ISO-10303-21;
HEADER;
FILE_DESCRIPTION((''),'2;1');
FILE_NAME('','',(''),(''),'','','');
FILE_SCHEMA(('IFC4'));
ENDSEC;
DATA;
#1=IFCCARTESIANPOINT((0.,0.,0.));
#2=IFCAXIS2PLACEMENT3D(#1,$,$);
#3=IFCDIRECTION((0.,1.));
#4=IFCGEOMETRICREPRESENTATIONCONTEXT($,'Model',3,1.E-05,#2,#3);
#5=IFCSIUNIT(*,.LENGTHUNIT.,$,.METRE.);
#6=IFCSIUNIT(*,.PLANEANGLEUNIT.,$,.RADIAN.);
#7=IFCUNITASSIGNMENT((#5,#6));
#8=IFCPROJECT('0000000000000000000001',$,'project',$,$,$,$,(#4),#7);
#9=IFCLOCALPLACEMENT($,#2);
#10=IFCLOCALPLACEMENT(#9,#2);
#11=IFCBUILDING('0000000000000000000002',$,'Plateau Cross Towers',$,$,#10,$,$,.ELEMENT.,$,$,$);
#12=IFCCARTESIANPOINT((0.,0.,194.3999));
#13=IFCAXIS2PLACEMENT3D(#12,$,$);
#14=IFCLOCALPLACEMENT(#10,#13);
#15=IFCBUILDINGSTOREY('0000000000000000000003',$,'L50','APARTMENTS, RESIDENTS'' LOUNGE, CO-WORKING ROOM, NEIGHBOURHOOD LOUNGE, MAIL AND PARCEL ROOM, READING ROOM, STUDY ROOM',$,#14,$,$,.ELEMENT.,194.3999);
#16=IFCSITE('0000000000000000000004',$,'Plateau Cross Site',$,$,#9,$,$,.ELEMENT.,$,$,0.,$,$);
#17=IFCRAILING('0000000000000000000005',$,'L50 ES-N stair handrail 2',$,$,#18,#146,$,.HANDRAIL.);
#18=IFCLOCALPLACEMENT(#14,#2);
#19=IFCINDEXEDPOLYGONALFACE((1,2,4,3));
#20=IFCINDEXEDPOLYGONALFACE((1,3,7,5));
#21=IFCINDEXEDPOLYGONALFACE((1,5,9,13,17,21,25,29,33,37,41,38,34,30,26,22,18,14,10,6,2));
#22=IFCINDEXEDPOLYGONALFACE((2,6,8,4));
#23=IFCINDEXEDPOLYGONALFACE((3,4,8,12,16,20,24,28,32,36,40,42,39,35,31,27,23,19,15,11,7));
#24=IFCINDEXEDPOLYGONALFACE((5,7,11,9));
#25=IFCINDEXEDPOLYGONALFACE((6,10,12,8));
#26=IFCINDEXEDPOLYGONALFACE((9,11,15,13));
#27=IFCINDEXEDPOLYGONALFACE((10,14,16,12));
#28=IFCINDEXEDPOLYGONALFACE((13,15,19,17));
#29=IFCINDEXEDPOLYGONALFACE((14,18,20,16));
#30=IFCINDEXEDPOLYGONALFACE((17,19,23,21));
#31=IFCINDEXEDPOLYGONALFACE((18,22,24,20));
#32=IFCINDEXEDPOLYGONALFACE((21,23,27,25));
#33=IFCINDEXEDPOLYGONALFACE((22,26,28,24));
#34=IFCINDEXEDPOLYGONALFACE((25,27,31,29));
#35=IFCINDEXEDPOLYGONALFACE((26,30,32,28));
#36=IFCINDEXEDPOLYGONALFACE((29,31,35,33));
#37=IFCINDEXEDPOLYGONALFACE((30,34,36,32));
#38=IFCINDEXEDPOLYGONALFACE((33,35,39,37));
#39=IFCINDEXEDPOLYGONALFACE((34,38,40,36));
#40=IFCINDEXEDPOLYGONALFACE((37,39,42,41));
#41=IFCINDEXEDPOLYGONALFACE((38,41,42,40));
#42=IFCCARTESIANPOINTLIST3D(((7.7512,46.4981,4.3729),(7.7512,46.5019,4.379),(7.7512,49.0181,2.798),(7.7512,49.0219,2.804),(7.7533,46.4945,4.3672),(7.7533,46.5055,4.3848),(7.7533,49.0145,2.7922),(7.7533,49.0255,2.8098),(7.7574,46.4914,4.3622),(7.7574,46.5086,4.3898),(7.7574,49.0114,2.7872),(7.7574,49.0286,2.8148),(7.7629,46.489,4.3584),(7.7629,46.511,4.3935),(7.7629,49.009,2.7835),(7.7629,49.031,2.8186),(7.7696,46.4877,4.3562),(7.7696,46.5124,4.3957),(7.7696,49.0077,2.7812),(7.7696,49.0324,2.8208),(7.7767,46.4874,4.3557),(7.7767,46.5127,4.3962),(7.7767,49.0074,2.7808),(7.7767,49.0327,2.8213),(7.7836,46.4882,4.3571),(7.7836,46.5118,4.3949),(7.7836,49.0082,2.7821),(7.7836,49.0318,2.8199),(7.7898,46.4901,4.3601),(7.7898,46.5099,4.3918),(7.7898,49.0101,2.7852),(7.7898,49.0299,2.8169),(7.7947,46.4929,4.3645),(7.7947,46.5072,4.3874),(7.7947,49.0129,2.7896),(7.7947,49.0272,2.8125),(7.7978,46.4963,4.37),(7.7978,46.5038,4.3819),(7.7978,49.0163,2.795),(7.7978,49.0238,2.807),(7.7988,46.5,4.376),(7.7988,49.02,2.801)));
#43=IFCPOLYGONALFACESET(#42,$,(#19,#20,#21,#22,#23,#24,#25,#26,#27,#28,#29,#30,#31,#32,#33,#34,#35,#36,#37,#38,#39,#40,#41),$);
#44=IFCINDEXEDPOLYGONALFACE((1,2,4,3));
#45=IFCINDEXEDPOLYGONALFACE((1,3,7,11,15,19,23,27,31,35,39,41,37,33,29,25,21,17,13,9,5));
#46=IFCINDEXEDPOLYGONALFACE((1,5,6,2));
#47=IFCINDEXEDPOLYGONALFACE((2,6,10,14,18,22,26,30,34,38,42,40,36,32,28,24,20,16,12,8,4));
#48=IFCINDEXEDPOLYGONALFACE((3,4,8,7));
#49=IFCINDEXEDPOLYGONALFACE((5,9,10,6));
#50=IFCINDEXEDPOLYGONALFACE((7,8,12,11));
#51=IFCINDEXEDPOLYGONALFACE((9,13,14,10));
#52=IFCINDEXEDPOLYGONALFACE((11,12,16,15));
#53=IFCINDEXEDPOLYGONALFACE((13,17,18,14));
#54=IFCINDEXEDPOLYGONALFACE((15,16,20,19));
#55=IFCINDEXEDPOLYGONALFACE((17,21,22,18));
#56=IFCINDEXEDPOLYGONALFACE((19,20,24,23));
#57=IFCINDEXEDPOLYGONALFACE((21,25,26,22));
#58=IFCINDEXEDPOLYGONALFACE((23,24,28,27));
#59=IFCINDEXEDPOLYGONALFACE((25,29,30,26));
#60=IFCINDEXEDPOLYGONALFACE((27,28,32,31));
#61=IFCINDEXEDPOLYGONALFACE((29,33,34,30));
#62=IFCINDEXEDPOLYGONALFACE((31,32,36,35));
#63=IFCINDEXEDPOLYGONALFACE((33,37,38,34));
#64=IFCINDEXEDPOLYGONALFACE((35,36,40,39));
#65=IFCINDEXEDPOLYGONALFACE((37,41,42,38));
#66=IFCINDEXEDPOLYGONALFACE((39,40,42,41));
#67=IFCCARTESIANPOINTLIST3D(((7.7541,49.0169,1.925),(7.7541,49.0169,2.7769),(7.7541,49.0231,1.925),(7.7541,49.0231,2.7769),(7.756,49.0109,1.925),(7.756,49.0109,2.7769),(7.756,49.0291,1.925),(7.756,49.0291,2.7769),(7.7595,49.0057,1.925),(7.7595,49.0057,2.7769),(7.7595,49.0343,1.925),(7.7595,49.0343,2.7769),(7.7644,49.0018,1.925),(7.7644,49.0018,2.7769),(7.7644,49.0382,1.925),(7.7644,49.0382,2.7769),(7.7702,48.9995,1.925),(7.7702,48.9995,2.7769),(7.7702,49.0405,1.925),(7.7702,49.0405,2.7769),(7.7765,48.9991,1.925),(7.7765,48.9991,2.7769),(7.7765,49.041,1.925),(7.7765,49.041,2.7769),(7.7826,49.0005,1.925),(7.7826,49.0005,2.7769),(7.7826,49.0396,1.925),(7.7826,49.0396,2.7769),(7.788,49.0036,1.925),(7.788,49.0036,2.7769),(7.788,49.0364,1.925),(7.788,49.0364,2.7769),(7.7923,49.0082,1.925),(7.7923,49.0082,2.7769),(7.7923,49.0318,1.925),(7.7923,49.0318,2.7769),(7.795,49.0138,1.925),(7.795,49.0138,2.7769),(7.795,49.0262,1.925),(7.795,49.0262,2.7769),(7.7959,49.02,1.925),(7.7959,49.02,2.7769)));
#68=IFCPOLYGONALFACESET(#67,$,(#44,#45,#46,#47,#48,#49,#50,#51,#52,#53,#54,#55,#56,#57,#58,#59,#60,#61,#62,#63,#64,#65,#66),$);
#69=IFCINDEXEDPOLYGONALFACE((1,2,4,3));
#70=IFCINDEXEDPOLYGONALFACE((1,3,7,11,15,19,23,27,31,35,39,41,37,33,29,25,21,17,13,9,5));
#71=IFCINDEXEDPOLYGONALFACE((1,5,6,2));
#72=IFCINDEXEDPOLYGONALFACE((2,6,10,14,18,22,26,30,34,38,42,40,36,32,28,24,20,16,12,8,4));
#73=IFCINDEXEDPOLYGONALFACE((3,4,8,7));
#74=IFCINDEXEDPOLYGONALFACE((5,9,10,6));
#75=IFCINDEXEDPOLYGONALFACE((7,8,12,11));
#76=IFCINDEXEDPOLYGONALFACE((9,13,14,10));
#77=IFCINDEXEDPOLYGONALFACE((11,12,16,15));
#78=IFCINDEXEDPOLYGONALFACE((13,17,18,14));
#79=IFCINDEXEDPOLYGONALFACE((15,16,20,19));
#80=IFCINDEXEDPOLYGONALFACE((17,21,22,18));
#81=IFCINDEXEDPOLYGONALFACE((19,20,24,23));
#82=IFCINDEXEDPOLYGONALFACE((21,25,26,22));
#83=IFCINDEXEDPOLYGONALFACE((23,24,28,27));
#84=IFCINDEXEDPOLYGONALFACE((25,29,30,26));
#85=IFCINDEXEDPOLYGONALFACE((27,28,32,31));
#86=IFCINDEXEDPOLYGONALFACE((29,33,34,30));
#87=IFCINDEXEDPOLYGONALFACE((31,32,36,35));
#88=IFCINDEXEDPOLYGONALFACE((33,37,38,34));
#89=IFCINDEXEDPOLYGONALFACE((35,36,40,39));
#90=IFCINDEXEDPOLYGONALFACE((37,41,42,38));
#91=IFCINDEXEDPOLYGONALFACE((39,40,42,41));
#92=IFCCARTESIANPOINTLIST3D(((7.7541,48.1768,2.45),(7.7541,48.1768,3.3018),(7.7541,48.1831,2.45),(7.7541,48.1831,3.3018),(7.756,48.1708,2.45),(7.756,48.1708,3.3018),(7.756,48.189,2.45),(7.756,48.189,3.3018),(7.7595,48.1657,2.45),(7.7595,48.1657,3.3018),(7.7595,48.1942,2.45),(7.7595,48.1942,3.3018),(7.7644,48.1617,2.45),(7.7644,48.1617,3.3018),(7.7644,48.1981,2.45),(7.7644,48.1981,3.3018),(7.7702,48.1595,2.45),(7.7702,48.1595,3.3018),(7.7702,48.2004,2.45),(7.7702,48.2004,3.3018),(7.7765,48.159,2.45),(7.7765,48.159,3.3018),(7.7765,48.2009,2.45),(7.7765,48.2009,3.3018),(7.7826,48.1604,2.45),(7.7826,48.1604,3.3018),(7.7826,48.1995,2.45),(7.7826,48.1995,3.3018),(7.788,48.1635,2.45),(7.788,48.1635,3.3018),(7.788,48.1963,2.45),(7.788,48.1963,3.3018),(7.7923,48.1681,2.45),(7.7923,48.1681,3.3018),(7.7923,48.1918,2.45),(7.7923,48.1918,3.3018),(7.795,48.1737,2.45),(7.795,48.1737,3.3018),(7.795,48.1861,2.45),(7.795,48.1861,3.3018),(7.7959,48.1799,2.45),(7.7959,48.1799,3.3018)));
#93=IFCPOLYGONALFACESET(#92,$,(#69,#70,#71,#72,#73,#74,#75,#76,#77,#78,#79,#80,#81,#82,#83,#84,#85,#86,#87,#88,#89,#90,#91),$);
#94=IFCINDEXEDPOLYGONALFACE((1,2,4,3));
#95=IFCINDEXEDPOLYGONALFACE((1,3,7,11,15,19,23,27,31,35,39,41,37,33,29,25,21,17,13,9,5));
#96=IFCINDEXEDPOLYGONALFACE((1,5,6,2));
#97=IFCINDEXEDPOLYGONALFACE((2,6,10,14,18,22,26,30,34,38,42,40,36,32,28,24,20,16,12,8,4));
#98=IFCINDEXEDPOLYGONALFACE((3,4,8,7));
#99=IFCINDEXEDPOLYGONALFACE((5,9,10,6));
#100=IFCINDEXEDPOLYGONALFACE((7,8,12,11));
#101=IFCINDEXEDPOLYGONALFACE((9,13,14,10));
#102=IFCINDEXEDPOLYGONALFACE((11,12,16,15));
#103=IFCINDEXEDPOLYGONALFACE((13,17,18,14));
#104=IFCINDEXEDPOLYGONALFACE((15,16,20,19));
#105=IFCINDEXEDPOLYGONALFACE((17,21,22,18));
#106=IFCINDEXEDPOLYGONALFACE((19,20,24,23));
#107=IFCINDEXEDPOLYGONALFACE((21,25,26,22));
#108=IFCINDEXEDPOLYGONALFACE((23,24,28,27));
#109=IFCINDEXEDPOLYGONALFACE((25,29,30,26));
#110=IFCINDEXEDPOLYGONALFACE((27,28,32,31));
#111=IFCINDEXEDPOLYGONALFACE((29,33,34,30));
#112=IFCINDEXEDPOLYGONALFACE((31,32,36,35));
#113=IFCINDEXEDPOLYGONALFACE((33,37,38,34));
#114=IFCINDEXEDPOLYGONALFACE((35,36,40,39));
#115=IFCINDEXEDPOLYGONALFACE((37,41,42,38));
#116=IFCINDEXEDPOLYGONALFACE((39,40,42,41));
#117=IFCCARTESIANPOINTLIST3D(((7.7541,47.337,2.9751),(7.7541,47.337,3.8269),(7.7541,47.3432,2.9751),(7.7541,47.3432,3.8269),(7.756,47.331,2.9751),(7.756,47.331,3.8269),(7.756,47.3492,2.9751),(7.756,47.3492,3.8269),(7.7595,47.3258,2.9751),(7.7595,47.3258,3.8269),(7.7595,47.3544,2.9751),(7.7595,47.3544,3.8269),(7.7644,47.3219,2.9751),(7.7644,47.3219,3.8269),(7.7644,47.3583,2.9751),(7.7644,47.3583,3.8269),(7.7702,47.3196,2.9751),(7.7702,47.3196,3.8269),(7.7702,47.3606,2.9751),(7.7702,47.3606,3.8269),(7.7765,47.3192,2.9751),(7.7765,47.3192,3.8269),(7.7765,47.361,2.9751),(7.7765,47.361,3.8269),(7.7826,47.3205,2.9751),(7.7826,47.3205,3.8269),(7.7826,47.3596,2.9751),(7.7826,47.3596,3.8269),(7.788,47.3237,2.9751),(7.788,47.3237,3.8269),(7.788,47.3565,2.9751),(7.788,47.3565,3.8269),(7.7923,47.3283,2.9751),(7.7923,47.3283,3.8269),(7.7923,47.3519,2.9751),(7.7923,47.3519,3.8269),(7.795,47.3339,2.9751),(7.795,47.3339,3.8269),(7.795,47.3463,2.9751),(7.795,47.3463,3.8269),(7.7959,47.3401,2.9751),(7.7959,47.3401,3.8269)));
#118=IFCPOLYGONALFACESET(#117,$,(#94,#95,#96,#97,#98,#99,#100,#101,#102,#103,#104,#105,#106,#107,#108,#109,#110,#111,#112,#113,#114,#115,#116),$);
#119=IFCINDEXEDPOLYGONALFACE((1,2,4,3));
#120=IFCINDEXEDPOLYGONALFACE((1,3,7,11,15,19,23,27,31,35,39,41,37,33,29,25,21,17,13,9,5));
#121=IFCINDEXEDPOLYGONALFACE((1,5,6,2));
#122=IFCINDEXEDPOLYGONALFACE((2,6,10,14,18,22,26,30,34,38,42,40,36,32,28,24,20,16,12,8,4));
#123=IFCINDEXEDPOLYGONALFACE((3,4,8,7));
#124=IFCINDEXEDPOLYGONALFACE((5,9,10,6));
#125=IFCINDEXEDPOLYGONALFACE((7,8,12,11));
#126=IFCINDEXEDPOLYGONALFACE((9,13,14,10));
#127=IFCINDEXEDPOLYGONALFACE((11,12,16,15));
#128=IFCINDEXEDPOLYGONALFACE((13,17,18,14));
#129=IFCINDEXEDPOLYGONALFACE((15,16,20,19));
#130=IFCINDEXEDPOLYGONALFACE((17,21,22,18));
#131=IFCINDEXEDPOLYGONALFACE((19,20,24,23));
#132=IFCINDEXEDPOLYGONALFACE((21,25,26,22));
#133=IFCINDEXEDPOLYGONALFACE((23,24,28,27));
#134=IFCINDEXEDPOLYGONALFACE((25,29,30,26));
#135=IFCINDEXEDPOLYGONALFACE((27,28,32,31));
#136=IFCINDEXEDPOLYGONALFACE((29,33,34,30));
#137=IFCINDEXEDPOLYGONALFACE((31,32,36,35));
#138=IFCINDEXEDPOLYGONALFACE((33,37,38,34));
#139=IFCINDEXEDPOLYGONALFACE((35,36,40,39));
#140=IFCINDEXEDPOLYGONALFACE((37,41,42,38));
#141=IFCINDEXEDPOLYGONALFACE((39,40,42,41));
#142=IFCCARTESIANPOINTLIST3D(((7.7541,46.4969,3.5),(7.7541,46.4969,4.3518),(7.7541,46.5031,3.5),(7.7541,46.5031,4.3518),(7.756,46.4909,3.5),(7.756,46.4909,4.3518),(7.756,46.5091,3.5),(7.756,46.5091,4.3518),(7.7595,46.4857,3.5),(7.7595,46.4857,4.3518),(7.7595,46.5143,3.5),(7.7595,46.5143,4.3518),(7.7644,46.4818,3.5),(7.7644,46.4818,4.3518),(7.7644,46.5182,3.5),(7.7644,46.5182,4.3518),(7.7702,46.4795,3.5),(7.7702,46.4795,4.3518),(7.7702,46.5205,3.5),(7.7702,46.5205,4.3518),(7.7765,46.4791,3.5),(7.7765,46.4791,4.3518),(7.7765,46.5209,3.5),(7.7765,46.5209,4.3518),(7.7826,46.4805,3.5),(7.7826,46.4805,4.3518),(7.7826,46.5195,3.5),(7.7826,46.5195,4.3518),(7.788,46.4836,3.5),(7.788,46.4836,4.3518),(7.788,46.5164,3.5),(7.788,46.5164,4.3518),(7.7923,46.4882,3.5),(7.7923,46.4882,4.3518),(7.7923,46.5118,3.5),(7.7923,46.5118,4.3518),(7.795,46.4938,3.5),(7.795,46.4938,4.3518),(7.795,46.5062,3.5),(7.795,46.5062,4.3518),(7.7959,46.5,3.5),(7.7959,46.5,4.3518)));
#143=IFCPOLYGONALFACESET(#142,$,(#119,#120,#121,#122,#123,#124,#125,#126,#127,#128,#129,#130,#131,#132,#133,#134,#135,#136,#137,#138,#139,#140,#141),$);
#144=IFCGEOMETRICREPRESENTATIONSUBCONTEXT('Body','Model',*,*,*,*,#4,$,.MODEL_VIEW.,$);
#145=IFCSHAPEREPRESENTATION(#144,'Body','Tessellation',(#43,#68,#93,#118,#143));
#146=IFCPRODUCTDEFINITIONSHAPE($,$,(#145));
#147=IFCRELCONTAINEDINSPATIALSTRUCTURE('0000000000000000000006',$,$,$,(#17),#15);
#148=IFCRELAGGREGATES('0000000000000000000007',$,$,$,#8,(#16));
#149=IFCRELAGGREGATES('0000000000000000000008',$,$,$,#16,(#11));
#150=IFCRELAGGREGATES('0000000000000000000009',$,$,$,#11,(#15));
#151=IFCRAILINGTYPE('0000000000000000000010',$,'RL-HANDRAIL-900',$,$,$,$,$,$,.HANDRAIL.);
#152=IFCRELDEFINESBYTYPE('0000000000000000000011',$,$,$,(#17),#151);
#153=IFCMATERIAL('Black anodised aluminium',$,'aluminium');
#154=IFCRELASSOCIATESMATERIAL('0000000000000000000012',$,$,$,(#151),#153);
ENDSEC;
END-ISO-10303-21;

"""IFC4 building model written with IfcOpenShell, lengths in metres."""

from ifc_helpers import new_model, si_unit, direction, frame, origin, origin_2d, place, context, subcontext, project, spatial, circle, extrude, material, type_object, element, save


model = new_model("IFC4")

# Units and contexts
model_context = context("Model", 3, precision=1e-05, world=origin(), true_north=direction((0.0, 1.0)))
body_context = subcontext(model_context, "Body", "Model", "MODEL_VIEW")
ifc_project = project(units=[si_unit("LENGTHUNIT", "METRE"), si_unit("PLANEANGLEUNIT", "RADIAN")], contexts=[model_context])

# Site, building, storey
site_placement = place(None, origin())
site = spatial("IfcSite", under=ifc_project, at=site_placement, Name="Plateau Cross Site", CompositionType="ELEMENT", RefElevation=0.0)
building_placement = place(site_placement, origin())
building = spatial("IfcBuilding", under=site, at=building_placement, Name="Plateau Cross Towers", CompositionType="ELEMENT")
storey_placement = place(building_placement, frame((0.0, 0.0, 194.3999)))
storey = spatial("IfcBuildingStorey", under=building, at=storey_placement, Name="L50", Description="APARTMENTS, RESIDENTS' LOUNGE, CO-WORKING ROOM, NEIGHBOURHOOD LOUNGE, MAIL AND PARCEL ROOM, READING ROOM, STUDY ROOM", CompositionType="ELEMENT", Elevation=194.3999)

# Shared definitions
ifc_material_1 = material(Name="Black anodised aluminium", Category="aluminium")

# Railing
railing_type_1 = type_object("IfcRailingType", Name="RL-HANDRAIL-900", PredefinedType="HANDRAIL", material=ifc_material_1)
railing_1_placement = place(storey_placement, frame((7.7749, 49.02, 1.925)))
element("IfcRailing", 1, at=railing_1_placement, inside=storey, type_object=railing_type_1, Name="L50 ES-N stair handrail 2", PredefinedType="HANDRAIL", context=body_context, shape_type="SweptSolid", body=[
    extrude(circle(Radius=0.0239, at=origin_2d()), frame((0.0, 0.0, 0.876), z_axis=(0.0, -0.848008, 0.529984), x_axis=(1.0, 0.0, 0.0)), (0.0, 0.0, 1.0), 2.9717),
    extrude(circle(Radius=0.021, at=origin_2d()), origin(), (0.0, 0.0, 1.0), 0.8518),
    extrude(circle(Radius=0.021, at=origin_2d()), frame((0.0, -0.8401, 0.5249)), (0.0, 0.0, 1.0), 0.8518),
    extrude(circle(Radius=0.021, at=origin_2d()), frame((0.0, -1.6799, 1.05)), (0.0, 0.0, 1.0), 0.8518),
    extrude(circle(Radius=0.021, at=origin_2d()), frame((0.0, -2.52, 1.575)), (0.0, 0.0, 1.0), 0.8518),
])

save(model, "model.ifc")
